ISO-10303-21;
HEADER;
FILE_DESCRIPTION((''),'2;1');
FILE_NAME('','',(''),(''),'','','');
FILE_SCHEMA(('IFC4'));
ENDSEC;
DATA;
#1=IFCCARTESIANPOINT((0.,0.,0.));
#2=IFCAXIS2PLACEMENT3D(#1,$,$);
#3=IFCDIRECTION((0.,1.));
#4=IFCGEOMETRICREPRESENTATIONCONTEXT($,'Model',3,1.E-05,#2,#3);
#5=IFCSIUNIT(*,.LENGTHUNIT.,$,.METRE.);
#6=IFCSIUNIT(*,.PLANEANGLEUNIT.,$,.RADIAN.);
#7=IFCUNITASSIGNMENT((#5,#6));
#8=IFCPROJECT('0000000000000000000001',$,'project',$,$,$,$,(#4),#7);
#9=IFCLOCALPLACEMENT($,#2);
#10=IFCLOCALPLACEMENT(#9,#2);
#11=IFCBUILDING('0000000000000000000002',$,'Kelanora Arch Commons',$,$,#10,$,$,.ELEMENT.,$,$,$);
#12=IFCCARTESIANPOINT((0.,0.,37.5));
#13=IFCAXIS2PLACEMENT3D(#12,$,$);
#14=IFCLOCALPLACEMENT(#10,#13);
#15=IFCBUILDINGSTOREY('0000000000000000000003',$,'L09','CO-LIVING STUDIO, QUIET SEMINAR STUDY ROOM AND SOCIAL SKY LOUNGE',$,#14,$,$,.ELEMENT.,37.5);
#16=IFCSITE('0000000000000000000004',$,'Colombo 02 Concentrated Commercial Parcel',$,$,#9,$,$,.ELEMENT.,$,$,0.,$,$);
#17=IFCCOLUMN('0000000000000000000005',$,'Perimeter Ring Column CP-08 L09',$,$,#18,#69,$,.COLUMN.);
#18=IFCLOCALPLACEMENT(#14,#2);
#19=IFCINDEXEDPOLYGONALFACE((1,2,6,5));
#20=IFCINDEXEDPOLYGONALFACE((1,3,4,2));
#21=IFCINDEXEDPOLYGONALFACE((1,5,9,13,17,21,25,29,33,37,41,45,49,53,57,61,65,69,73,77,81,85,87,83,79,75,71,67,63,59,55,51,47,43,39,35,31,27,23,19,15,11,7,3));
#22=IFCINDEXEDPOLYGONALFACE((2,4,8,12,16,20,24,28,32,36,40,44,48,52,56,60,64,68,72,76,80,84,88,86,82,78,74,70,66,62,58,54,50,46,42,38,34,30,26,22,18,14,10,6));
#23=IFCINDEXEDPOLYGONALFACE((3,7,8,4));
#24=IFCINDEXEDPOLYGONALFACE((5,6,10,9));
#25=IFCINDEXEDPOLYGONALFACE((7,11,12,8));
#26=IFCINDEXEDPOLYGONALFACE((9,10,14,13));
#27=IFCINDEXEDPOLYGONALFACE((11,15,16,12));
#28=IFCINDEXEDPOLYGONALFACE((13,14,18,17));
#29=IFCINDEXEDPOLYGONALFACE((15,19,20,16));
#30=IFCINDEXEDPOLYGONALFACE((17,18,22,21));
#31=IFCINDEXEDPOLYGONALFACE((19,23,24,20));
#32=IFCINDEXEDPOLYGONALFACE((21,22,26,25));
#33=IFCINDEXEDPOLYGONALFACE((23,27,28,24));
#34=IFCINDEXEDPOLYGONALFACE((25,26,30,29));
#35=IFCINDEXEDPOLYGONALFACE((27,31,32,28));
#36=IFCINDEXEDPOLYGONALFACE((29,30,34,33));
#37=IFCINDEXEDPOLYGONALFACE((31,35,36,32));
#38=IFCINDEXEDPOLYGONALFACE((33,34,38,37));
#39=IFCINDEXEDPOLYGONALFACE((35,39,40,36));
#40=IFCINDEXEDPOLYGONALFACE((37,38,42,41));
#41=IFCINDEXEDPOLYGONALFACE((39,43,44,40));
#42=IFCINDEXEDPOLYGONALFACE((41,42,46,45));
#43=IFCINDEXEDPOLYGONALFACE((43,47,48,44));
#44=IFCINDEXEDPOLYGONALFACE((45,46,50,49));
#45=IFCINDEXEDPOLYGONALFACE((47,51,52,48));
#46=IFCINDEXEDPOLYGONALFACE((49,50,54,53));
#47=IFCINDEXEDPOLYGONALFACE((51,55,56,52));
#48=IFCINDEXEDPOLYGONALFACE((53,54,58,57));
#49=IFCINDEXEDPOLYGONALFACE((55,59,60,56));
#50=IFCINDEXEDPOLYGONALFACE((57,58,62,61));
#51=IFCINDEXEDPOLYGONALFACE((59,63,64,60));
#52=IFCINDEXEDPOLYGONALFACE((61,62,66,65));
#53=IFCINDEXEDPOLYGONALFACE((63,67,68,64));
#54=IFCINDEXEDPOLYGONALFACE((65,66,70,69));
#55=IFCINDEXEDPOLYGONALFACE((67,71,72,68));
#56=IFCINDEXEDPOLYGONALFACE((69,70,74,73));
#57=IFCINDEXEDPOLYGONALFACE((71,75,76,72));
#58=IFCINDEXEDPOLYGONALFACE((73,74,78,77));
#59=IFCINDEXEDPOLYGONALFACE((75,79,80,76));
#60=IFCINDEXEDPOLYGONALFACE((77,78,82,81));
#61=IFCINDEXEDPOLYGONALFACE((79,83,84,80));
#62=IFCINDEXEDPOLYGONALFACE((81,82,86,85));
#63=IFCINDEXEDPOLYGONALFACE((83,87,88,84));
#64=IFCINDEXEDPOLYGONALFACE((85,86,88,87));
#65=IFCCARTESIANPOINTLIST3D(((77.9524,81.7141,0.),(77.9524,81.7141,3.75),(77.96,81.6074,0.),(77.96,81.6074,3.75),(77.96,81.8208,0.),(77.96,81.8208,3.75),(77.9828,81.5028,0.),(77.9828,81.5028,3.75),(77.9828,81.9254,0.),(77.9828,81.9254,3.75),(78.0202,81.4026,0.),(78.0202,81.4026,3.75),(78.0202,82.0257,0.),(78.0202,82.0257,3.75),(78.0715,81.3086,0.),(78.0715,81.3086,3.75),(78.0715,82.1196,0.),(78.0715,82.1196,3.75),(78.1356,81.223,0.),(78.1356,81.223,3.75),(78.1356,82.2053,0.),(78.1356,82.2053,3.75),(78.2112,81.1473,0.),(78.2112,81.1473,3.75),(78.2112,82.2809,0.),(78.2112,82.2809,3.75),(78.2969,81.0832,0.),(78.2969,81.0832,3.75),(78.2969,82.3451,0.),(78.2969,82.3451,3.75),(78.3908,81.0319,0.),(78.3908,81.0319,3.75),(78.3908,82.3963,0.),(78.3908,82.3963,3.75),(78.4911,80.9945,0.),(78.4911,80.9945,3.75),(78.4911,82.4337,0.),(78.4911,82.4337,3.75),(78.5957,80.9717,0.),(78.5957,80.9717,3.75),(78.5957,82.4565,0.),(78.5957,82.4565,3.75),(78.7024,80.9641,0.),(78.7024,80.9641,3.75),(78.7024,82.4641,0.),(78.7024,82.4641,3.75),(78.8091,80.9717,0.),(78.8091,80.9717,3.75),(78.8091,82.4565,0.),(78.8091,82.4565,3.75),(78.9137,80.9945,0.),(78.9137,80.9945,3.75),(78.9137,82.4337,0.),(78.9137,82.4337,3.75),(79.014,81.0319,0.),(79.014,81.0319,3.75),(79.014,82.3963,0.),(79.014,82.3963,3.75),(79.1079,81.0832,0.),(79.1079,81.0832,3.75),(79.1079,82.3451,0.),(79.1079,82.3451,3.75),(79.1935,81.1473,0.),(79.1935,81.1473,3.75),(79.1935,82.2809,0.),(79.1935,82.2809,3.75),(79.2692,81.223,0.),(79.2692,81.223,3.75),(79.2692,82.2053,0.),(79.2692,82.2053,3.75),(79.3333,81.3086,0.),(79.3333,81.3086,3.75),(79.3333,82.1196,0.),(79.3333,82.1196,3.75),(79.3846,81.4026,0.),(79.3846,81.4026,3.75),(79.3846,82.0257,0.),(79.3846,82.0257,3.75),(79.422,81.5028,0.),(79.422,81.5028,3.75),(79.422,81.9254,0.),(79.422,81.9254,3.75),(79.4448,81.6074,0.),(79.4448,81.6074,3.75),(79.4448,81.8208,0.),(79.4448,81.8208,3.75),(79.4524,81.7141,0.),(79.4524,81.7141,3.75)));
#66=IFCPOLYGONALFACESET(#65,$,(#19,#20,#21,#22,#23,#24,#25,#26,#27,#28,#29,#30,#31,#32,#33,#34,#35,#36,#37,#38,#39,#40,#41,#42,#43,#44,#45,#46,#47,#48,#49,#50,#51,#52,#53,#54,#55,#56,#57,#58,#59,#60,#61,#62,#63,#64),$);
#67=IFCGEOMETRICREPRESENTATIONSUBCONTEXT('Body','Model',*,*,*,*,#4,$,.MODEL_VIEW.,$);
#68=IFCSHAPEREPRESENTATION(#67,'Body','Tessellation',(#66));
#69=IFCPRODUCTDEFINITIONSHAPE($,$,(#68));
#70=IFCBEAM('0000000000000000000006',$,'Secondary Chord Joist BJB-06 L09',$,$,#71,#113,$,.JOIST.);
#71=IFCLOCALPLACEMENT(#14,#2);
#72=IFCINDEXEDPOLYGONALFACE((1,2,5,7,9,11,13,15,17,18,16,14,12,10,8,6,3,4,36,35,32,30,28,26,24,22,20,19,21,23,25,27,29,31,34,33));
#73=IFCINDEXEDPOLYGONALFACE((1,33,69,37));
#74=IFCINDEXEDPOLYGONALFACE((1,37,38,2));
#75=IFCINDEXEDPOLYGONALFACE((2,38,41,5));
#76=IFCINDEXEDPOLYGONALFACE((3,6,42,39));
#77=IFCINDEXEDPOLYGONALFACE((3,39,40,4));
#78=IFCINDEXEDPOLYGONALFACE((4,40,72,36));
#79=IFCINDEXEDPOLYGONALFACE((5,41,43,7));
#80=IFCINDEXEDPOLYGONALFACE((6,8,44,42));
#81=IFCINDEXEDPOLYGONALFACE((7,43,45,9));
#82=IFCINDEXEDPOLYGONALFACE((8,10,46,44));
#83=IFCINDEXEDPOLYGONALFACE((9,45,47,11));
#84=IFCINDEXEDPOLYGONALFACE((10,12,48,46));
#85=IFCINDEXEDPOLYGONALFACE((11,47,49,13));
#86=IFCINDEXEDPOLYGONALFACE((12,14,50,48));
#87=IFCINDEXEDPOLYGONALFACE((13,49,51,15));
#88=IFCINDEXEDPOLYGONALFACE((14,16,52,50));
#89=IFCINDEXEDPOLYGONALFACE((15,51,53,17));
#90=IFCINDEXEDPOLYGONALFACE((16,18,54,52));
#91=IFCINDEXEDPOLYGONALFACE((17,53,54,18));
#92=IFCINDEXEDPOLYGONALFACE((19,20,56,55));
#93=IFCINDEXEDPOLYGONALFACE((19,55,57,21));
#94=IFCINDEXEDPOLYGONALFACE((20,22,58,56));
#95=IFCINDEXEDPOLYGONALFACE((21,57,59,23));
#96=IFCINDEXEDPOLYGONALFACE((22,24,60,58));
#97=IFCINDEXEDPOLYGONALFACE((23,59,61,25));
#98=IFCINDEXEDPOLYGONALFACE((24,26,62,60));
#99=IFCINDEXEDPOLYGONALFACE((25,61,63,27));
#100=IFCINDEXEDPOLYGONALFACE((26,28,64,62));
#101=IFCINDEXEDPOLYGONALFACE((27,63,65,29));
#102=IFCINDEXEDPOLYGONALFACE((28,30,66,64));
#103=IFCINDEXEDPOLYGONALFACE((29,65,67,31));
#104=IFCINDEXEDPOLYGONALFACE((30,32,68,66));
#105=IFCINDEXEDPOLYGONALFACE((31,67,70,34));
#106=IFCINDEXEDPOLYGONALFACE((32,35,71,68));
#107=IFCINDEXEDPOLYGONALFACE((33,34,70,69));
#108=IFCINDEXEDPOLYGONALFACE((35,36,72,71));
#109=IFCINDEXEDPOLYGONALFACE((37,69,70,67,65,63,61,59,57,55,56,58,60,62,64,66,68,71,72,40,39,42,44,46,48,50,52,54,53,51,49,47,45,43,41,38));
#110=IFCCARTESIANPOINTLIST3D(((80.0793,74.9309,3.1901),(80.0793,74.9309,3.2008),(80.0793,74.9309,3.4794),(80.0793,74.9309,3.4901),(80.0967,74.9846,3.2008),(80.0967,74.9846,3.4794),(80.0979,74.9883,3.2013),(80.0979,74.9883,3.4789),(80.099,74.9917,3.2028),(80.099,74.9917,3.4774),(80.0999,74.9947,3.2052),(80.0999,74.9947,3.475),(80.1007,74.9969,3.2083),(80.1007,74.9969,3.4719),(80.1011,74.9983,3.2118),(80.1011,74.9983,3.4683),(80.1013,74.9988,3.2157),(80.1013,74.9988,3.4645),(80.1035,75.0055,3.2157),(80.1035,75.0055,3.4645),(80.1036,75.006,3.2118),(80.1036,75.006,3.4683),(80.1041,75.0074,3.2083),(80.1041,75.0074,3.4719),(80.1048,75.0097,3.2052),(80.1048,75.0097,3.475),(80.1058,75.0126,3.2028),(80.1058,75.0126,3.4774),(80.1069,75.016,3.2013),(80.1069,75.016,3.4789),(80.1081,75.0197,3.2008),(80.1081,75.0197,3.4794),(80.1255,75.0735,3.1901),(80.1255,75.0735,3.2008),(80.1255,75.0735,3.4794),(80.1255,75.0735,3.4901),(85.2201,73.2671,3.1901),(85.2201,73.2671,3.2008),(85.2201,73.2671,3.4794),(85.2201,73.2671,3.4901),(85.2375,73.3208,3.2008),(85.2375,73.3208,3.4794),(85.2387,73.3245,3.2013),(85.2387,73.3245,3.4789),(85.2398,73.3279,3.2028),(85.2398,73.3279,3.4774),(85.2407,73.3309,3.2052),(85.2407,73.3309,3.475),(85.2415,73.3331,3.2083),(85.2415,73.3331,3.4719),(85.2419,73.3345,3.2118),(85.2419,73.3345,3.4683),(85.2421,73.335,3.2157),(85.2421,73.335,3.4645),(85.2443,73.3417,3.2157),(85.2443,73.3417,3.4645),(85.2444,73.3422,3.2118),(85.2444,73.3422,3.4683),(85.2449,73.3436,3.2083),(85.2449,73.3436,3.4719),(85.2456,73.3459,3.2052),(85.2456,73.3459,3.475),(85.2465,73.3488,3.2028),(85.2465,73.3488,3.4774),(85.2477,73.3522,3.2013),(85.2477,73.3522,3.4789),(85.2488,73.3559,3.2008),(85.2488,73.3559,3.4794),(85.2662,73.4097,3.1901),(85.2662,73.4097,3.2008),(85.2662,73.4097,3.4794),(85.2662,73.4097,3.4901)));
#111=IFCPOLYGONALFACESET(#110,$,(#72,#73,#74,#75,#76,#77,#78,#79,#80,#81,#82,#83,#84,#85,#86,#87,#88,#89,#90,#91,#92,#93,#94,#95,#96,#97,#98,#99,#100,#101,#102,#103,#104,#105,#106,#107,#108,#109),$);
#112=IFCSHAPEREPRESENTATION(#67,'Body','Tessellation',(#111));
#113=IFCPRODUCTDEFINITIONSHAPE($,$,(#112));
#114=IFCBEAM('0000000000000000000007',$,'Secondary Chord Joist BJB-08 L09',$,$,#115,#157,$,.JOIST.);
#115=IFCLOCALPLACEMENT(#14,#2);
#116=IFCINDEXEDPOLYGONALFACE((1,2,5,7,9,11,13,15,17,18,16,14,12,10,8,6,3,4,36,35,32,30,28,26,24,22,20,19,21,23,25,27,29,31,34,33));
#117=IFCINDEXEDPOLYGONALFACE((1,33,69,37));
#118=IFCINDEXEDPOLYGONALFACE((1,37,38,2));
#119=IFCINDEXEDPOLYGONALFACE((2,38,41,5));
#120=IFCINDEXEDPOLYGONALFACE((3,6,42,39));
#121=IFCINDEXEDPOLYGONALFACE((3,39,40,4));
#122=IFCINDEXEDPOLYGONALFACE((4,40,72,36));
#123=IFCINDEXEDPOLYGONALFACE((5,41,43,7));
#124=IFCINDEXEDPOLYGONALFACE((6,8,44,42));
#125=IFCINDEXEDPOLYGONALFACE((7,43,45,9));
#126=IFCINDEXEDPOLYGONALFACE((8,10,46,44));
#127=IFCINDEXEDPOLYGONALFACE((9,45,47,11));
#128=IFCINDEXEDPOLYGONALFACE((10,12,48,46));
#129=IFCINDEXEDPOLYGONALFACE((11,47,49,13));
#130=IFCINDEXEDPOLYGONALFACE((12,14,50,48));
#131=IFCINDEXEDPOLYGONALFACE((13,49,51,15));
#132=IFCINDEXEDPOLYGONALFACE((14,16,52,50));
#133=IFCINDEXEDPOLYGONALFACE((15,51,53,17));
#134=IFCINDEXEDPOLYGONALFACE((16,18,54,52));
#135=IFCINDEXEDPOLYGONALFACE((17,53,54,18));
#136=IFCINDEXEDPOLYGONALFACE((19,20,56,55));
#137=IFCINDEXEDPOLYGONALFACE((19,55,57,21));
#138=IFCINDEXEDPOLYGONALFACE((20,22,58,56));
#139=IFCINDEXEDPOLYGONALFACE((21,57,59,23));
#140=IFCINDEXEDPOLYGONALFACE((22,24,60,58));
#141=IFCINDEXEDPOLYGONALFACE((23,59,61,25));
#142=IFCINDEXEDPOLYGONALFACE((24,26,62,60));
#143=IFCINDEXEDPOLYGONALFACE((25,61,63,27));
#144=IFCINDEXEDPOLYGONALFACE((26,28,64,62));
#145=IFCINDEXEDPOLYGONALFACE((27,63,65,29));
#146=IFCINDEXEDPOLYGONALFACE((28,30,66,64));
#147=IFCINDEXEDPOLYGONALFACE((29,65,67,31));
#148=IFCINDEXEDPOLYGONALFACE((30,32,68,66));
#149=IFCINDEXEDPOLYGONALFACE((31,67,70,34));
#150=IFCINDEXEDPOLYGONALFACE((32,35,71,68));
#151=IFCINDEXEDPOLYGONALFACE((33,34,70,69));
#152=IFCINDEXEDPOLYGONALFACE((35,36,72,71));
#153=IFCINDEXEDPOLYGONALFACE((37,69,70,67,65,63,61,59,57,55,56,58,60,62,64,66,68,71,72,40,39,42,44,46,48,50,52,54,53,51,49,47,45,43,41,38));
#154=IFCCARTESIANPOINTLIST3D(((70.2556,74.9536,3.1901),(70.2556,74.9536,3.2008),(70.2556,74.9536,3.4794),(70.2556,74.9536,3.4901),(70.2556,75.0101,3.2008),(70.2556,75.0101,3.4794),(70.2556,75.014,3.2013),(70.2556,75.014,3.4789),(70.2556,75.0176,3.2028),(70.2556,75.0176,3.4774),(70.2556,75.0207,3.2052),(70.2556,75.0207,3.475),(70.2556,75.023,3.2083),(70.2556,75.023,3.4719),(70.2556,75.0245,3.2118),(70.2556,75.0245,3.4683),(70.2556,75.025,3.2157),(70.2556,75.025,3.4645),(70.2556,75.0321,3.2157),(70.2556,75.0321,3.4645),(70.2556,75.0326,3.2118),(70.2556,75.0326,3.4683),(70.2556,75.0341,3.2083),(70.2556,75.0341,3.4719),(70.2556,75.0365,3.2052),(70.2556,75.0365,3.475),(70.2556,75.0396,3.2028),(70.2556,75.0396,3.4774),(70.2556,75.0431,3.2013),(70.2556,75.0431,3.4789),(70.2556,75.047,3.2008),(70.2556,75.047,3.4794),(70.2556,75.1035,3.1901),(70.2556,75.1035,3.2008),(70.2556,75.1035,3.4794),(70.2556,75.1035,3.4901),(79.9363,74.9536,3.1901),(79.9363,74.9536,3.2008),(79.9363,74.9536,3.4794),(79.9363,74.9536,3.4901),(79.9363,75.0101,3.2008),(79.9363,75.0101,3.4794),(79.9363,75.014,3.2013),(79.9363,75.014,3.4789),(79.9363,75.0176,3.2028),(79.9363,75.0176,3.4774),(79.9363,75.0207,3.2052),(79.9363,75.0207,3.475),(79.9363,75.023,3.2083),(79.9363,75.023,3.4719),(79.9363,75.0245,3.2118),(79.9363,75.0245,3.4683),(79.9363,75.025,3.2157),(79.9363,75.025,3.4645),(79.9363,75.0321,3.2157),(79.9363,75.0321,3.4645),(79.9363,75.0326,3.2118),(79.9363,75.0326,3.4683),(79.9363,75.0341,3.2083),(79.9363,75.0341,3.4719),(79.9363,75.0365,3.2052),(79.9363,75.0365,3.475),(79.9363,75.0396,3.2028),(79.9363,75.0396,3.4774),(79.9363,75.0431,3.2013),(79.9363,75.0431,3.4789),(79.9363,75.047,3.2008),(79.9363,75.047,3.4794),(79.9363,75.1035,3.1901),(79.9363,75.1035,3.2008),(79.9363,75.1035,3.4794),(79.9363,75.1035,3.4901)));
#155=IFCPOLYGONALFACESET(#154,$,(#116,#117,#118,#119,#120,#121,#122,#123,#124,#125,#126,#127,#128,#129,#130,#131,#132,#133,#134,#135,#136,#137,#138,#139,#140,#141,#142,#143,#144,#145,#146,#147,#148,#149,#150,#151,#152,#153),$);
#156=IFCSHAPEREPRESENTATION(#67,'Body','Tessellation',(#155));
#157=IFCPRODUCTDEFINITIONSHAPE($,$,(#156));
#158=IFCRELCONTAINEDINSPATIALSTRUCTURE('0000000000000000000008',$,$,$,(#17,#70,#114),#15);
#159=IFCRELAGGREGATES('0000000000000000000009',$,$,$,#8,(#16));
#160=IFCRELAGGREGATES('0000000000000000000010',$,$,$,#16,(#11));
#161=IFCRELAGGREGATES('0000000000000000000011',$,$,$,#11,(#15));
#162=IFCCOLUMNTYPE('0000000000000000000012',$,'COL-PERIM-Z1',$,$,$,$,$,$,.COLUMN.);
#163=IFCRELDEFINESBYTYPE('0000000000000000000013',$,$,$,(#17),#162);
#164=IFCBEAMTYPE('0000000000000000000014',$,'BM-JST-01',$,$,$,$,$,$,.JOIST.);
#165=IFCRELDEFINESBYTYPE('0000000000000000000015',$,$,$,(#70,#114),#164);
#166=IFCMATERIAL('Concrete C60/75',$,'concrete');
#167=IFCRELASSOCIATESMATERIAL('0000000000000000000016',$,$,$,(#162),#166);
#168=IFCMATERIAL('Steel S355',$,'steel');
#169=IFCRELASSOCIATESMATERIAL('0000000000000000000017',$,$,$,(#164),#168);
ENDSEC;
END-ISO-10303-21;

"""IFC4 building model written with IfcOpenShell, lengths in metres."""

from ifc_helpers import new_model, si_unit, direction, frame, origin, origin_2d, place, context, subcontext, project, spatial, circle, i_section, extrude, material, material_profile, profile_set, type_object, element, save


model = new_model("IFC4")

# Units and contexts
model_context = context("Model", 3, precision=1e-05, world=origin(), true_north=direction((0.0, 1.0)))
body_context = subcontext(model_context, "Body", "Model", "MODEL_VIEW")
ifc_project = project(units=[si_unit("LENGTHUNIT", "METRE"), si_unit("PLANEANGLEUNIT", "RADIAN")], contexts=[model_context])

# Site, building, storey
site_placement = place(None, origin())
site = spatial("IfcSite", under=ifc_project, at=site_placement, Name="Colombo 02 Concentrated Commercial Parcel", CompositionType="ELEMENT", RefElevation=0.0)
building_placement = place(site_placement, origin())
building = spatial("IfcBuilding", under=site, at=building_placement, Name="Kelanora Arch Commons", CompositionType="ELEMENT")
storey_placement = place(building_placement, frame((0.0, 0.0, 37.5)))
storey = spatial("IfcBuildingStorey", under=building, at=storey_placement, Name="L09", Description="CO-LIVING STUDIO, QUIET SEMINAR STUDY ROOM AND SOCIAL SKY LOUNGE", CompositionType="ELEMENT", Elevation=37.5)

# Column
ifc_material_1 = material(Name="Concrete C60/75", Category="concrete")
ifc_material_profile_1 = material_profile(ifc_material_1, circle(Radius=0.75, at=origin_2d()), Name="RCC1500")
ifc_profile_set_1 = profile_set([ifc_material_profile_1], Name="Concrete C60/75")
column_type = type_object("IfcColumnType", Name="COL-PERIM-Z1", PredefinedType="COLUMN", material=ifc_profile_set_1)
column_placement = place(storey_placement, frame((78.7024, 81.7141, 0.0), z_axis=(0.0, 0.0, 1.0), x_axis=(1.0, 0.0, 0.0)))
element("IfcColumn", 1, at=column_placement, inside=storey, type_object=column_type, Name="Perimeter Ring Column CP-08 L09", PredefinedType="COLUMN", context=body_context, shape_type="SweptSolid", body=[
    extrude(circle(Radius=0.75, at=origin_2d()), origin(), (0.0, 0.0, 1.0), 3.75),
])

# Beams
ifc_material_2 = material(Name="Steel S355", Category="steel")
ifc_material_profile_2 = material_profile(ifc_material_2, i_section(OverallWidth=0.1499, OverallDepth=0.3, WebThickness=0.0071, FlangeThickness=0.0107, FilletRadius=0.0149, at=origin_2d()), Name="IPE300")
ifc_profile_set_2 = profile_set([ifc_material_profile_2], Name="Steel S355")
beam_type_1 = type_object("IfcBeamType", Name="BM-JST-01", PredefinedType="JOIST", material=ifc_profile_set_2)
beam_1_placement = place(storey_placement, frame((85.2432, 73.3384, 3.3401), z_axis=(-0.951412, 0.30792, 0.0), x_axis=(-0.30792, -0.951412, 0.0)))
element("IfcBeam", 2, at=beam_1_placement, inside=storey, type_object=beam_type_1, Name="Secondary Chord Joist BJB-06 L09", PredefinedType="JOIST", context=body_context, shape_type="SweptSolid", body=[
    extrude(i_section(OverallWidth=0.1499, OverallDepth=0.3, WebThickness=0.0071, FlangeThickness=0.0107, FilletRadius=0.0149, at=origin_2d()), origin(), (0.0, 0.0, 1.0), 5.4033),
])
beam_2_placement = place(storey_placement, frame((79.9363, 75.0286, 3.3401), z_axis=(-1.0, 0.0, 0.0), x_axis=(0.0, -1.0, 0.0)))
element("IfcBeam", 3, at=beam_2_placement, inside=storey, type_object=beam_type_1, Name="Secondary Chord Joist BJB-08 L09", PredefinedType="JOIST", context=body_context, shape_type="SweptSolid", body=[
    extrude(i_section(OverallWidth=0.1499, OverallDepth=0.3, WebThickness=0.0071, FlangeThickness=0.0107, FilletRadius=0.0149, at=origin_2d()), origin(), (0.0, 0.0, 1.0), 9.6807),
])

save(model, "model.ifc")
